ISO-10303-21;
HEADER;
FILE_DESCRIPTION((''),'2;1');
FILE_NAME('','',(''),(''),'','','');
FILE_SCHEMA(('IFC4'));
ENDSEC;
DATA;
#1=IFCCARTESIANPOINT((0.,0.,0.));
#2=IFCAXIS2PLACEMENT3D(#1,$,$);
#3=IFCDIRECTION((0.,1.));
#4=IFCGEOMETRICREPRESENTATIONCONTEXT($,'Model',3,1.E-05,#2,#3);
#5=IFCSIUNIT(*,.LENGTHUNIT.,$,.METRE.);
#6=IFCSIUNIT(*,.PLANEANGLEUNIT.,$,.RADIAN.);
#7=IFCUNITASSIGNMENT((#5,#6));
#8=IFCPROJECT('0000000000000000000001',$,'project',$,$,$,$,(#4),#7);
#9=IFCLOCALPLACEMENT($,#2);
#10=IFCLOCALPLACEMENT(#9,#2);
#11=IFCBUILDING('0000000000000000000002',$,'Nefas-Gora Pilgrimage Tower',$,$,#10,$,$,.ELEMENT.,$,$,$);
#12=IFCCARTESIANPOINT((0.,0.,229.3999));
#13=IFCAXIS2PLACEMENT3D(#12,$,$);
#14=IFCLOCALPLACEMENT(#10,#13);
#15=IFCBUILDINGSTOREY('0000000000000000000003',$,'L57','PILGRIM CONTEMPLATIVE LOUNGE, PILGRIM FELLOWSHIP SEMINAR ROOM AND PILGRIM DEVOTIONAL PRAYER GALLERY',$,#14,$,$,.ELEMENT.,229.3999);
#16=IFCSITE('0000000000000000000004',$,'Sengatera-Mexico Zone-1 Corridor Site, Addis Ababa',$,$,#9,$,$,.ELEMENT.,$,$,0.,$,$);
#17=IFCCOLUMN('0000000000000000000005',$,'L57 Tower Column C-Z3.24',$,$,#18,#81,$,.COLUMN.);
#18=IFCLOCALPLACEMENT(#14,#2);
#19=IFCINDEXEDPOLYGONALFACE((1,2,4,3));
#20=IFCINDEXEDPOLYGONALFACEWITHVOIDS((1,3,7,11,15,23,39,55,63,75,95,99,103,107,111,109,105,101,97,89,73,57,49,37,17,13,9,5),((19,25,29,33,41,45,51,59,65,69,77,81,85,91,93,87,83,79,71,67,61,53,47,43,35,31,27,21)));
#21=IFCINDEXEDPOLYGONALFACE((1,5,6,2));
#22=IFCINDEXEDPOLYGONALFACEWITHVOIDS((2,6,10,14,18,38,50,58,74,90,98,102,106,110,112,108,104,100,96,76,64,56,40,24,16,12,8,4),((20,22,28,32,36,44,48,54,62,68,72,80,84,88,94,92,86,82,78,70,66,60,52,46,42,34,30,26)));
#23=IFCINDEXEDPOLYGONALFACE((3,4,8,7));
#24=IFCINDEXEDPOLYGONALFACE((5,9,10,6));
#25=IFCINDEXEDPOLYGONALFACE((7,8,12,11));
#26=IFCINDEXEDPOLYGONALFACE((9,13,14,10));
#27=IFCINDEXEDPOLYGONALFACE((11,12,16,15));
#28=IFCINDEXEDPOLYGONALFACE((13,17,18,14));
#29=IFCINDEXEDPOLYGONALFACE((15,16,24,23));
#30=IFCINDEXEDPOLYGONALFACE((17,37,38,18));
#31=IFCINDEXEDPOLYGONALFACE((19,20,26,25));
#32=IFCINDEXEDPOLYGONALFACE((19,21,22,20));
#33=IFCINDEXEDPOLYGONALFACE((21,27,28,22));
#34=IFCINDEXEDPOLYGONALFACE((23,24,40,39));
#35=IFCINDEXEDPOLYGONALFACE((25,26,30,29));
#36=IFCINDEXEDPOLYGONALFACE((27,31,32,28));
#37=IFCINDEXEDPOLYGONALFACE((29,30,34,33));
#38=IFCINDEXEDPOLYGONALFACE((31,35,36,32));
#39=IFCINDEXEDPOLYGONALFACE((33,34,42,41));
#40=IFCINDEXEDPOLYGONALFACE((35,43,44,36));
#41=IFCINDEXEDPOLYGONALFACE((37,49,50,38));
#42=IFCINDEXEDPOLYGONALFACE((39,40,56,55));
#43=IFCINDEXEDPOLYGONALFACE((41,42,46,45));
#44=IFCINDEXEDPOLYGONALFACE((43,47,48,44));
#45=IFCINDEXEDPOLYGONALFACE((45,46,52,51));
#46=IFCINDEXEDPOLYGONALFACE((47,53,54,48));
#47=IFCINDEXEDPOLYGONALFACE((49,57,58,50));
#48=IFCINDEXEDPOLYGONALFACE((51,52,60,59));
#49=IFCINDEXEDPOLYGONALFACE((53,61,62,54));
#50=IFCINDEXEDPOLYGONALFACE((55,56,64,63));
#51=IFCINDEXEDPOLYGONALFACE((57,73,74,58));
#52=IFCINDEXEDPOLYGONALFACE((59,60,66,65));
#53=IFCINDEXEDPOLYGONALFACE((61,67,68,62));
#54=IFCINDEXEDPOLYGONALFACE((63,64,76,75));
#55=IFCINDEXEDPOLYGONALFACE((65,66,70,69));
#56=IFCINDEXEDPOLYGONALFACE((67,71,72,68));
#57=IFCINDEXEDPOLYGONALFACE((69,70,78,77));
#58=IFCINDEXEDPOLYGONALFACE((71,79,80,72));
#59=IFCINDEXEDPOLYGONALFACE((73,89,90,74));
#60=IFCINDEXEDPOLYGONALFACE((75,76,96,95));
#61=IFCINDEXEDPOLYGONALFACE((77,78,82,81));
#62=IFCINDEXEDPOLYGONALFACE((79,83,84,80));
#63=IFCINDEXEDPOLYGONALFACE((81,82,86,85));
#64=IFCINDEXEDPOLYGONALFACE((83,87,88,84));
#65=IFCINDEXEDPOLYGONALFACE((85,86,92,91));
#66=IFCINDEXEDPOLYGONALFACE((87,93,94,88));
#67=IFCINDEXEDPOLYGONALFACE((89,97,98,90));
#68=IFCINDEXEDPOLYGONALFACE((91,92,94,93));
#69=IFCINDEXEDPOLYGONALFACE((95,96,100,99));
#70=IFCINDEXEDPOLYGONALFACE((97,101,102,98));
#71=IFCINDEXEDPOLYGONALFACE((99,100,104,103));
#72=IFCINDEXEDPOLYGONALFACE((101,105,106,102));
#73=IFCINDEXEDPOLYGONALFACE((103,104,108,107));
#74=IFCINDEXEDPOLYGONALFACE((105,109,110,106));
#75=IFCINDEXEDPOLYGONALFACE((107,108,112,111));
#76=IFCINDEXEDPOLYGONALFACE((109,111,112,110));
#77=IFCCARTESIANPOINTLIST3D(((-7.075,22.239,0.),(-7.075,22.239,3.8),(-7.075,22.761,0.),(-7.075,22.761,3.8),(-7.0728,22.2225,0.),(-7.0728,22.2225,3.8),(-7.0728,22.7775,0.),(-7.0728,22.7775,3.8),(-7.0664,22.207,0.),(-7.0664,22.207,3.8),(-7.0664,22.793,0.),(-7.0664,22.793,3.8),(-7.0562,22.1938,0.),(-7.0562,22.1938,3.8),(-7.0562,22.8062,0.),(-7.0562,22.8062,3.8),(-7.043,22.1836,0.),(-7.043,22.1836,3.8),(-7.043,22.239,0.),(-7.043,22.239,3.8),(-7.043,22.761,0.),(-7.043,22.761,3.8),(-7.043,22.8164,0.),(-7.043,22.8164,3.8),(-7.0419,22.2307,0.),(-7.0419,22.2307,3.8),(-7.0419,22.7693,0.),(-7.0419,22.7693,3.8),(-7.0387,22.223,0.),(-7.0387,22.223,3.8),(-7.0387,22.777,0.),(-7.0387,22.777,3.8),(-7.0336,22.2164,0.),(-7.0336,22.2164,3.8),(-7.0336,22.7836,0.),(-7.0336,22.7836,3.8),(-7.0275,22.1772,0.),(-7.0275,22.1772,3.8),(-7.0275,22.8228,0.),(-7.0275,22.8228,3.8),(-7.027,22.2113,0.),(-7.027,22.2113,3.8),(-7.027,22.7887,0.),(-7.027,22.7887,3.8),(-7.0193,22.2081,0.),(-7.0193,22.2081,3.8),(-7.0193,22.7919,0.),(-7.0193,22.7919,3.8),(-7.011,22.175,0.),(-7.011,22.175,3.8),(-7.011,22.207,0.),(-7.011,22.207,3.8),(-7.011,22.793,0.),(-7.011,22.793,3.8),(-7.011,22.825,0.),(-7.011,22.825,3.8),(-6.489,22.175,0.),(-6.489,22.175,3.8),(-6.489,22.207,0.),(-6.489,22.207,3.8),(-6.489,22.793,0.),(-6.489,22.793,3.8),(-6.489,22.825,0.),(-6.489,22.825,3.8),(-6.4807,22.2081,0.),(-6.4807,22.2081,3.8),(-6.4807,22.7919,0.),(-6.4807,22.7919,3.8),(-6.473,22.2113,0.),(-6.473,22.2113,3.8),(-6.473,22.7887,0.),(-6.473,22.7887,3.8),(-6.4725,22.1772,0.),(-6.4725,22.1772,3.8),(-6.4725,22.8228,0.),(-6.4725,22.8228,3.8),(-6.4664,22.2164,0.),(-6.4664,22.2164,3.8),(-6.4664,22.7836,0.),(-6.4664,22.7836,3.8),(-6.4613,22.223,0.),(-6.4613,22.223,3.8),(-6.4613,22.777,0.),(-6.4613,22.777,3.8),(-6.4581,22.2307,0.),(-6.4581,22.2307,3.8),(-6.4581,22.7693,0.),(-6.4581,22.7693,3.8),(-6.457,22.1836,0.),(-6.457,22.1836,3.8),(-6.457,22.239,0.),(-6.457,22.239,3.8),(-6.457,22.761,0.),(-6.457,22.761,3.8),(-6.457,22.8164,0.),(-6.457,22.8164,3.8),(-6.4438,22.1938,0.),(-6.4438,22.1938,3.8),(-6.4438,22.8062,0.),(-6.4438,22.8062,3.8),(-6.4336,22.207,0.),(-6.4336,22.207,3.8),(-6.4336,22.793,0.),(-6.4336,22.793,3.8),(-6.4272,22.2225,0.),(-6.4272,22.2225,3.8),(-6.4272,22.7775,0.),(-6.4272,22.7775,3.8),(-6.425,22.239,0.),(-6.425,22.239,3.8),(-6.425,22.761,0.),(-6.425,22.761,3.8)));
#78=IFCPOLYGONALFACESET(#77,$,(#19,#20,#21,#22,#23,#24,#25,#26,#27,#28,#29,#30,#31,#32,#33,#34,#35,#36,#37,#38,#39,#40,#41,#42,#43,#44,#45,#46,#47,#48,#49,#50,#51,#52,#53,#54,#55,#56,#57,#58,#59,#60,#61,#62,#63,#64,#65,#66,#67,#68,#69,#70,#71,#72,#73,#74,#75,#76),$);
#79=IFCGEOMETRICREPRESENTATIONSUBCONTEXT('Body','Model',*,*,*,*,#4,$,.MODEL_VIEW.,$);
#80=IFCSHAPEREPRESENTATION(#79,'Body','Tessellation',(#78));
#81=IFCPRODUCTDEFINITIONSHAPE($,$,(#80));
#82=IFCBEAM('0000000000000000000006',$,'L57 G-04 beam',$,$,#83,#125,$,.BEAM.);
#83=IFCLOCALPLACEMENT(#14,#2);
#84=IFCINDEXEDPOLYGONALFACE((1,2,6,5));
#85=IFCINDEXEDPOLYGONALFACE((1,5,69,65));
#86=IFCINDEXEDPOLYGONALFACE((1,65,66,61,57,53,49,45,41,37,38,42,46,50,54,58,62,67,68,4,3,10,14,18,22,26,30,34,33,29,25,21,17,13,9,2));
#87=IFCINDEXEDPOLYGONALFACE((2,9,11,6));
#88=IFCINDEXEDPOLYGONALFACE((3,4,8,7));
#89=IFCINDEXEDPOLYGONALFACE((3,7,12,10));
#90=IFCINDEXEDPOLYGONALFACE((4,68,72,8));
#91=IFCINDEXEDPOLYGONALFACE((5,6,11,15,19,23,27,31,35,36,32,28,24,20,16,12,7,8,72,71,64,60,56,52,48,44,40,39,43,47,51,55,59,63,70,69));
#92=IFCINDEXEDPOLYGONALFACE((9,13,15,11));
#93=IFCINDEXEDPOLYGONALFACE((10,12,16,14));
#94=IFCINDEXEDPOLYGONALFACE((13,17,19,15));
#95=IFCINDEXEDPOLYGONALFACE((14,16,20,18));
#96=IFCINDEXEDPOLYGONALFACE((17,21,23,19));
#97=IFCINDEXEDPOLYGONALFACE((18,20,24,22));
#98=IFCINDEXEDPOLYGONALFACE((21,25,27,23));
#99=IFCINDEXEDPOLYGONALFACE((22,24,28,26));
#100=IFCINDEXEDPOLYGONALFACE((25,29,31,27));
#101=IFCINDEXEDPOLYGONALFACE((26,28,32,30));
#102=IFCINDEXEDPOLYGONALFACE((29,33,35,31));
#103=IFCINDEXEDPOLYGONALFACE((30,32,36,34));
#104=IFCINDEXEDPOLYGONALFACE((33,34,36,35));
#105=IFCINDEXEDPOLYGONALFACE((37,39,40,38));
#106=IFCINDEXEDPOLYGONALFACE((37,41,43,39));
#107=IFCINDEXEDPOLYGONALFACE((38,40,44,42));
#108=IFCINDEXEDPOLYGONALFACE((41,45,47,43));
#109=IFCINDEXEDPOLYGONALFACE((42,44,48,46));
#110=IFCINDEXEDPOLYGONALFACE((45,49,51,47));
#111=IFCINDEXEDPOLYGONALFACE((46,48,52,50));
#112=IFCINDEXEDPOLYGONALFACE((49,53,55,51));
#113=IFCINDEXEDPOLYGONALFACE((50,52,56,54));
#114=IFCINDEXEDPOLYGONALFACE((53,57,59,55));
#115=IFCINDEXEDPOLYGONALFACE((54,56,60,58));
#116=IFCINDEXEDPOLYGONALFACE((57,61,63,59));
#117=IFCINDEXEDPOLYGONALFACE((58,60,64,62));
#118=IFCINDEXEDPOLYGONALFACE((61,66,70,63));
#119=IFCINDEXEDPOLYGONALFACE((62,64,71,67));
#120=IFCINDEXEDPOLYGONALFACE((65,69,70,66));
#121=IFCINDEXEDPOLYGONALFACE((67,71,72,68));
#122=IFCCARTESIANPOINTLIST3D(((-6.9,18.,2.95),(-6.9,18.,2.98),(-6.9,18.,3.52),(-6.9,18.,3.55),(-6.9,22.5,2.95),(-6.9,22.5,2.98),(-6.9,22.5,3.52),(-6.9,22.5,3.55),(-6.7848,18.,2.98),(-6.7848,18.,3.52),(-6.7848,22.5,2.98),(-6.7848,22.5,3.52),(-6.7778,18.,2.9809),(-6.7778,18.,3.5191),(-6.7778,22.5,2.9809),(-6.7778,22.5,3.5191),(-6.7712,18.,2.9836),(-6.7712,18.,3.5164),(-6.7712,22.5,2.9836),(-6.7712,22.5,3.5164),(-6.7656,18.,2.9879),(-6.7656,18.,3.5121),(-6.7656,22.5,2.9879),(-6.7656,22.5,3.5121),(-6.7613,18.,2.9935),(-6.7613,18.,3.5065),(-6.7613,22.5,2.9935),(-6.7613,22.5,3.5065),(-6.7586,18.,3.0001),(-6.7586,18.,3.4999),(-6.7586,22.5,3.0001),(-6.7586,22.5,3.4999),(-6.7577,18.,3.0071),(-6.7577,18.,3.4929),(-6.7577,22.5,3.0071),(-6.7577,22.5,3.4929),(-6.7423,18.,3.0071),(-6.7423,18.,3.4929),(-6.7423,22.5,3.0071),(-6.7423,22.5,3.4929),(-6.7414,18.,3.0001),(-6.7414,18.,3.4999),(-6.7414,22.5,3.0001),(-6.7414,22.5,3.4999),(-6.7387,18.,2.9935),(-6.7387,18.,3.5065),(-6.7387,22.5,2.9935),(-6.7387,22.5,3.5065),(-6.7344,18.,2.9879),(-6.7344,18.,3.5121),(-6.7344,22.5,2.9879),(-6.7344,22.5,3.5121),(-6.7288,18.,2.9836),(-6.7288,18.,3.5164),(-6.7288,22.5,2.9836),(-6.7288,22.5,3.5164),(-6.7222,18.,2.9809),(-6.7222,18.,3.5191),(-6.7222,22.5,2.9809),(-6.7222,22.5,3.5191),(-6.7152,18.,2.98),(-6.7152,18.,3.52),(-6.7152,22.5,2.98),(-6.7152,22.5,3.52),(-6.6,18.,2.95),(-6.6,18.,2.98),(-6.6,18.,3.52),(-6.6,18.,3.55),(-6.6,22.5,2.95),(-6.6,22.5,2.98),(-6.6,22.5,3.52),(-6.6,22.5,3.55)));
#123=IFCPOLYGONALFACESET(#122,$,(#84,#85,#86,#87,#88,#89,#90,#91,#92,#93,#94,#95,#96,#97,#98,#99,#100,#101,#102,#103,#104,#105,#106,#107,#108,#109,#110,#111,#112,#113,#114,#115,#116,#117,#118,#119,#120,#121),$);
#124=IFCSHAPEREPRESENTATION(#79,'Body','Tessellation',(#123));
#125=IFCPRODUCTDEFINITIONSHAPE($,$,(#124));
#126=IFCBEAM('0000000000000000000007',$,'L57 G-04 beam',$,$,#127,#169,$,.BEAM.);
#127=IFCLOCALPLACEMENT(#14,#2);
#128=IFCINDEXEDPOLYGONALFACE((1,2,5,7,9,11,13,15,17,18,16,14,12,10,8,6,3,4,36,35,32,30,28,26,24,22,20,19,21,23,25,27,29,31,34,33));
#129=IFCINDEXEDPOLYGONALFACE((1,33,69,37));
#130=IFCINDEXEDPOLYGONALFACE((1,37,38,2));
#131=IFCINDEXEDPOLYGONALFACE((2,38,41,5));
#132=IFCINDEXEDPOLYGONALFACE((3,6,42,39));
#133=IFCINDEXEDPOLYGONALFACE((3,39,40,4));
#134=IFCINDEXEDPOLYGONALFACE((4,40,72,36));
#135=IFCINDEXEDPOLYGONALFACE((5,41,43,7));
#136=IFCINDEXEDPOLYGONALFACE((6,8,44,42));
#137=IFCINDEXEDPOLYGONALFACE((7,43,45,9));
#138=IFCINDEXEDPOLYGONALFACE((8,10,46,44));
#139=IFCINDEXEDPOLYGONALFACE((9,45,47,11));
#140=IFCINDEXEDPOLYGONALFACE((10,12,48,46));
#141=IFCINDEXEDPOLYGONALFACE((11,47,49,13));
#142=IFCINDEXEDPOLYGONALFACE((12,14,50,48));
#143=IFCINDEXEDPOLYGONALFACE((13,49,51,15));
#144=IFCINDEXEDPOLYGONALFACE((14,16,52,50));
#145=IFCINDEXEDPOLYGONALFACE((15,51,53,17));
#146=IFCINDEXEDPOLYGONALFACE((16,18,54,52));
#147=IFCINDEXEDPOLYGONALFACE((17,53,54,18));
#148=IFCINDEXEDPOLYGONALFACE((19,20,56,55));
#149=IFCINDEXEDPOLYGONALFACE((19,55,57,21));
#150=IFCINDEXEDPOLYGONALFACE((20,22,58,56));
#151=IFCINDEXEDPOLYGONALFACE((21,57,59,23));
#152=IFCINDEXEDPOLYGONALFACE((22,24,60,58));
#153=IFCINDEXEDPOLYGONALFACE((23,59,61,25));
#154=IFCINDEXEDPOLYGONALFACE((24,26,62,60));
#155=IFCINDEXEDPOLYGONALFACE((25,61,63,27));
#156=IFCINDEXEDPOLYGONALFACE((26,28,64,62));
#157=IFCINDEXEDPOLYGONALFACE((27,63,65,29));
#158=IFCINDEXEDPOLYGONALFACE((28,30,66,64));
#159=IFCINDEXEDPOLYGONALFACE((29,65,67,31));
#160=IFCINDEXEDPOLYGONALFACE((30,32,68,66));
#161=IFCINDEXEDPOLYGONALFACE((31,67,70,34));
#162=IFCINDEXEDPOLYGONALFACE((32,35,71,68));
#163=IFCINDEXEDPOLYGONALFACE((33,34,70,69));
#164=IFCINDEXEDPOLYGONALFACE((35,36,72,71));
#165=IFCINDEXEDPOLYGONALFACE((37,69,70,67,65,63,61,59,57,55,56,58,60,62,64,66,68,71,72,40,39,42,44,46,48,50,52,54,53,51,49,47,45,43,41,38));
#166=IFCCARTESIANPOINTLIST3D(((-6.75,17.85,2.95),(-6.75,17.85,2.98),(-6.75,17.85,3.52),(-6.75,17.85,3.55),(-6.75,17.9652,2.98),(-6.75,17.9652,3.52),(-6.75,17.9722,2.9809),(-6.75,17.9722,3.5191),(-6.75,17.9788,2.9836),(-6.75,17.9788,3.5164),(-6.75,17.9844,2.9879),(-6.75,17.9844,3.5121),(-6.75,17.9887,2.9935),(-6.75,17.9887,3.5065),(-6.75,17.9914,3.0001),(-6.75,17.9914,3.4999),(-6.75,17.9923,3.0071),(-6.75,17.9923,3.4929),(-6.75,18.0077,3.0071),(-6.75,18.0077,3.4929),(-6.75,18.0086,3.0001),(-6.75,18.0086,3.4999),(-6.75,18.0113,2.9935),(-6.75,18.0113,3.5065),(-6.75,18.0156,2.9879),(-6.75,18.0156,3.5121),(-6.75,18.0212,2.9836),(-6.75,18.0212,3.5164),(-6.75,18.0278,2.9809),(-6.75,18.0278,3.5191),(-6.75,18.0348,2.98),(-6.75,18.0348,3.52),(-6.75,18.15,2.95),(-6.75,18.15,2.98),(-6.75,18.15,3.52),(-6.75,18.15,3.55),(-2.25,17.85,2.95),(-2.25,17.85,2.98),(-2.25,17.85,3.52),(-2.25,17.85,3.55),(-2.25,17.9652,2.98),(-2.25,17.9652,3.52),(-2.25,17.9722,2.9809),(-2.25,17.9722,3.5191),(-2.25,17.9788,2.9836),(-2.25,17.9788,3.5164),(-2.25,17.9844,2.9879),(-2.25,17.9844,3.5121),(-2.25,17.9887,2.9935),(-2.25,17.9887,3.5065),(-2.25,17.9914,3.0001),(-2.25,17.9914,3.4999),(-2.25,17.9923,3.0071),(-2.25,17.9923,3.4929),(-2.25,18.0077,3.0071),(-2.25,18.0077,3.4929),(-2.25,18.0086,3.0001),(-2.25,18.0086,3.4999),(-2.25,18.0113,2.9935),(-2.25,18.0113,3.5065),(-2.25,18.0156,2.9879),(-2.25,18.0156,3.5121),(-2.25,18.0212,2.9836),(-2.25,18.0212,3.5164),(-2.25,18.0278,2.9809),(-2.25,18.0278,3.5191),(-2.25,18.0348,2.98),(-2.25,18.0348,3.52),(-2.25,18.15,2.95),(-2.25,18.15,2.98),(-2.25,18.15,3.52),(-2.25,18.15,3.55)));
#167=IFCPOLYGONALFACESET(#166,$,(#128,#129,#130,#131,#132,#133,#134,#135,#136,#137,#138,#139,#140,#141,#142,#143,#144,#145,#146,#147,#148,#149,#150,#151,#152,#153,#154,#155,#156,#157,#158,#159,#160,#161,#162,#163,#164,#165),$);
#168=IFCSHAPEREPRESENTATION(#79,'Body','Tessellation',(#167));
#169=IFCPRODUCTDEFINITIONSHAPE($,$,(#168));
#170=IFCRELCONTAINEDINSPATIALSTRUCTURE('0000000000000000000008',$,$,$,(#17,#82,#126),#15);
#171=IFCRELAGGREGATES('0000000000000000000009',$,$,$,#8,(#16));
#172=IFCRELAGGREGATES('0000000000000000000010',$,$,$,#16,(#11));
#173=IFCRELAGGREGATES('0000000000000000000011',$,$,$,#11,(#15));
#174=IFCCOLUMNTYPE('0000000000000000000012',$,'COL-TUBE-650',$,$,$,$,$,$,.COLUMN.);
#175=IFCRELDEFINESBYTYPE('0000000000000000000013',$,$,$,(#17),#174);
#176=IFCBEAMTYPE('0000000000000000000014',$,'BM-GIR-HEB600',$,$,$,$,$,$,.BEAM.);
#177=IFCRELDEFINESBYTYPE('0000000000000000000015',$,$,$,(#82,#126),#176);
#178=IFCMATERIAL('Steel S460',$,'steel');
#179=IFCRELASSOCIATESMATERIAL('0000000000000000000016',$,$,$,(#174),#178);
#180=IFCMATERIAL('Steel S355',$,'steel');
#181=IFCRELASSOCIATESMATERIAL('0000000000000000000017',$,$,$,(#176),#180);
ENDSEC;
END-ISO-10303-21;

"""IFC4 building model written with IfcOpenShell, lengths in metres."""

from ifc_helpers import new_model, si_unit, direction, frame, origin, origin_2d, place, context, subcontext, project, spatial, hollow_rectangle, i_section, extrude, source, transform, mapped, material, material_profile, profile_set, type_object, element, save


model = new_model("IFC4")

# Units and contexts
model_context = context("Model", 3, precision=1e-05, world=origin(), true_north=direction((0.0, 1.0)))
body_context = subcontext(model_context, "Body", "Model", "MODEL_VIEW")
ifc_project = project(units=[si_unit("LENGTHUNIT", "METRE"), si_unit("PLANEANGLEUNIT", "RADIAN")], contexts=[model_context])

# Site, building, storey
site_placement = place(None, origin())
site = spatial("IfcSite", under=ifc_project, at=site_placement, Name="Sengatera-Mexico Zone-1 Corridor Site, Addis Ababa", CompositionType="ELEMENT", RefElevation=0.0)
building_placement = place(site_placement, origin())
building = spatial("IfcBuilding", under=site, at=building_placement, Name="Nefas-Gora Pilgrimage Tower", CompositionType="ELEMENT")
storey_placement = place(building_placement, frame((0.0, 0.0, 229.3999)))
storey = spatial("IfcBuildingStorey", under=building, at=storey_placement, Name="L57", Description="PILGRIM CONTEMPLATIVE LOUNGE, PILGRIM FELLOWSHIP SEMINAR ROOM AND PILGRIM DEVOTIONAL PRAYER GALLERY", CompositionType="ELEMENT", Elevation=229.3999)

# Column
ifc_material_1 = material(Name="Steel S460", Category="steel")
ifc_material_profile_1 = material_profile(ifc_material_1, hollow_rectangle(XDim=0.6499, YDim=0.6499, WallThickness=0.032, InnerFilletRadius=0.032, OuterFilletRadius=0.064, at=origin_2d()), Name="BOX 650x650x32")
ifc_profile_set_1 = profile_set([ifc_material_profile_1], Name="Steel S460")
column_type_1 = type_object("IfcColumnType", Name="COL-TUBE-650", PredefinedType="COLUMN", material=ifc_profile_set_1)
shared_shape_1 = source(origin(), body_context, "Body", "SweptSolid", [
    extrude(hollow_rectangle(XDim=0.6499, YDim=0.6499, WallThickness=0.032, InnerFilletRadius=0.032, OuterFilletRadius=0.064, at=origin_2d()), origin(), (0.0, 0.0, 1.0), 3.8),
])
column_placement = place(storey_placement, frame((-6.75, 22.5, 0.0), z_axis=(0.0, 0.0, 1.0), x_axis=(1.0, 0.0, 0.0)))
element("IfcColumn", 1, at=column_placement, inside=storey, type_object=column_type_1, Name="L57 Tower Column C-Z3.24", PredefinedType="COLUMN", context=body_context, shape_type="MappedRepresentation", body=[
    mapped(shared_shape_1, transform((0.0, 0.0, 0.0), x_axis=(1.0, 0.0, 0.0), y_axis=(0.0, 1.0, 0.0), z_axis=(0.0, 0.0, 1.0), scale=1.0)),
])

# Beams
ifc_material_2 = material(Name="Steel S355", Category="steel")
ifc_material_profile_2 = material_profile(ifc_material_2, i_section(OverallWidth=0.3, OverallDepth=0.6001, WebThickness=0.0154, FlangeThickness=0.03, FilletRadius=0.0271, at=origin_2d()), Name="HEB 600")
ifc_profile_set_2 = profile_set([ifc_material_profile_2], Name="Steel S355")
beam_type = type_object("IfcBeamType", Name="BM-GIR-HEB600", PredefinedType="BEAM", material=ifc_profile_set_2)
shared_shape_2 = source(origin(), body_context, "Body", "SweptSolid", [
    extrude(i_section(OverallWidth=0.3, OverallDepth=0.6001, WebThickness=0.0154, FlangeThickness=0.03, FilletRadius=0.0271, at=origin_2d()), origin(), (0.0, 0.0, 1.0), 4.5),
])
for number, where, z_axis, x_axis, name in (
    (2, (-6.75, 18.0, 3.25), (0.0, 1.0, 0.0), (-1.0, 0.0, 0.0), "L57 G-04 beam"),
    (3, (-6.75, 18.0, 3.25), (1.0, 0.0, 0.0), (0.0, 1.0, 0.0), "L57 G-04 beam"),
):
    element("IfcBeam", number, at=place(storey_placement, frame(where, z_axis=z_axis, x_axis=x_axis)), inside=storey, type_object=beam_type, Name=name, PredefinedType="BEAM", context=body_context, shape_type="MappedRepresentation", body=[
        mapped(shared_shape_2, transform((0.0, 0.0, 0.0), x_axis=(1.0, 0.0, 0.0), y_axis=(0.0, 1.0, 0.0), z_axis=(0.0, 0.0, 1.0), scale=1.0)),
    ])

save(model, "model.ifc")
